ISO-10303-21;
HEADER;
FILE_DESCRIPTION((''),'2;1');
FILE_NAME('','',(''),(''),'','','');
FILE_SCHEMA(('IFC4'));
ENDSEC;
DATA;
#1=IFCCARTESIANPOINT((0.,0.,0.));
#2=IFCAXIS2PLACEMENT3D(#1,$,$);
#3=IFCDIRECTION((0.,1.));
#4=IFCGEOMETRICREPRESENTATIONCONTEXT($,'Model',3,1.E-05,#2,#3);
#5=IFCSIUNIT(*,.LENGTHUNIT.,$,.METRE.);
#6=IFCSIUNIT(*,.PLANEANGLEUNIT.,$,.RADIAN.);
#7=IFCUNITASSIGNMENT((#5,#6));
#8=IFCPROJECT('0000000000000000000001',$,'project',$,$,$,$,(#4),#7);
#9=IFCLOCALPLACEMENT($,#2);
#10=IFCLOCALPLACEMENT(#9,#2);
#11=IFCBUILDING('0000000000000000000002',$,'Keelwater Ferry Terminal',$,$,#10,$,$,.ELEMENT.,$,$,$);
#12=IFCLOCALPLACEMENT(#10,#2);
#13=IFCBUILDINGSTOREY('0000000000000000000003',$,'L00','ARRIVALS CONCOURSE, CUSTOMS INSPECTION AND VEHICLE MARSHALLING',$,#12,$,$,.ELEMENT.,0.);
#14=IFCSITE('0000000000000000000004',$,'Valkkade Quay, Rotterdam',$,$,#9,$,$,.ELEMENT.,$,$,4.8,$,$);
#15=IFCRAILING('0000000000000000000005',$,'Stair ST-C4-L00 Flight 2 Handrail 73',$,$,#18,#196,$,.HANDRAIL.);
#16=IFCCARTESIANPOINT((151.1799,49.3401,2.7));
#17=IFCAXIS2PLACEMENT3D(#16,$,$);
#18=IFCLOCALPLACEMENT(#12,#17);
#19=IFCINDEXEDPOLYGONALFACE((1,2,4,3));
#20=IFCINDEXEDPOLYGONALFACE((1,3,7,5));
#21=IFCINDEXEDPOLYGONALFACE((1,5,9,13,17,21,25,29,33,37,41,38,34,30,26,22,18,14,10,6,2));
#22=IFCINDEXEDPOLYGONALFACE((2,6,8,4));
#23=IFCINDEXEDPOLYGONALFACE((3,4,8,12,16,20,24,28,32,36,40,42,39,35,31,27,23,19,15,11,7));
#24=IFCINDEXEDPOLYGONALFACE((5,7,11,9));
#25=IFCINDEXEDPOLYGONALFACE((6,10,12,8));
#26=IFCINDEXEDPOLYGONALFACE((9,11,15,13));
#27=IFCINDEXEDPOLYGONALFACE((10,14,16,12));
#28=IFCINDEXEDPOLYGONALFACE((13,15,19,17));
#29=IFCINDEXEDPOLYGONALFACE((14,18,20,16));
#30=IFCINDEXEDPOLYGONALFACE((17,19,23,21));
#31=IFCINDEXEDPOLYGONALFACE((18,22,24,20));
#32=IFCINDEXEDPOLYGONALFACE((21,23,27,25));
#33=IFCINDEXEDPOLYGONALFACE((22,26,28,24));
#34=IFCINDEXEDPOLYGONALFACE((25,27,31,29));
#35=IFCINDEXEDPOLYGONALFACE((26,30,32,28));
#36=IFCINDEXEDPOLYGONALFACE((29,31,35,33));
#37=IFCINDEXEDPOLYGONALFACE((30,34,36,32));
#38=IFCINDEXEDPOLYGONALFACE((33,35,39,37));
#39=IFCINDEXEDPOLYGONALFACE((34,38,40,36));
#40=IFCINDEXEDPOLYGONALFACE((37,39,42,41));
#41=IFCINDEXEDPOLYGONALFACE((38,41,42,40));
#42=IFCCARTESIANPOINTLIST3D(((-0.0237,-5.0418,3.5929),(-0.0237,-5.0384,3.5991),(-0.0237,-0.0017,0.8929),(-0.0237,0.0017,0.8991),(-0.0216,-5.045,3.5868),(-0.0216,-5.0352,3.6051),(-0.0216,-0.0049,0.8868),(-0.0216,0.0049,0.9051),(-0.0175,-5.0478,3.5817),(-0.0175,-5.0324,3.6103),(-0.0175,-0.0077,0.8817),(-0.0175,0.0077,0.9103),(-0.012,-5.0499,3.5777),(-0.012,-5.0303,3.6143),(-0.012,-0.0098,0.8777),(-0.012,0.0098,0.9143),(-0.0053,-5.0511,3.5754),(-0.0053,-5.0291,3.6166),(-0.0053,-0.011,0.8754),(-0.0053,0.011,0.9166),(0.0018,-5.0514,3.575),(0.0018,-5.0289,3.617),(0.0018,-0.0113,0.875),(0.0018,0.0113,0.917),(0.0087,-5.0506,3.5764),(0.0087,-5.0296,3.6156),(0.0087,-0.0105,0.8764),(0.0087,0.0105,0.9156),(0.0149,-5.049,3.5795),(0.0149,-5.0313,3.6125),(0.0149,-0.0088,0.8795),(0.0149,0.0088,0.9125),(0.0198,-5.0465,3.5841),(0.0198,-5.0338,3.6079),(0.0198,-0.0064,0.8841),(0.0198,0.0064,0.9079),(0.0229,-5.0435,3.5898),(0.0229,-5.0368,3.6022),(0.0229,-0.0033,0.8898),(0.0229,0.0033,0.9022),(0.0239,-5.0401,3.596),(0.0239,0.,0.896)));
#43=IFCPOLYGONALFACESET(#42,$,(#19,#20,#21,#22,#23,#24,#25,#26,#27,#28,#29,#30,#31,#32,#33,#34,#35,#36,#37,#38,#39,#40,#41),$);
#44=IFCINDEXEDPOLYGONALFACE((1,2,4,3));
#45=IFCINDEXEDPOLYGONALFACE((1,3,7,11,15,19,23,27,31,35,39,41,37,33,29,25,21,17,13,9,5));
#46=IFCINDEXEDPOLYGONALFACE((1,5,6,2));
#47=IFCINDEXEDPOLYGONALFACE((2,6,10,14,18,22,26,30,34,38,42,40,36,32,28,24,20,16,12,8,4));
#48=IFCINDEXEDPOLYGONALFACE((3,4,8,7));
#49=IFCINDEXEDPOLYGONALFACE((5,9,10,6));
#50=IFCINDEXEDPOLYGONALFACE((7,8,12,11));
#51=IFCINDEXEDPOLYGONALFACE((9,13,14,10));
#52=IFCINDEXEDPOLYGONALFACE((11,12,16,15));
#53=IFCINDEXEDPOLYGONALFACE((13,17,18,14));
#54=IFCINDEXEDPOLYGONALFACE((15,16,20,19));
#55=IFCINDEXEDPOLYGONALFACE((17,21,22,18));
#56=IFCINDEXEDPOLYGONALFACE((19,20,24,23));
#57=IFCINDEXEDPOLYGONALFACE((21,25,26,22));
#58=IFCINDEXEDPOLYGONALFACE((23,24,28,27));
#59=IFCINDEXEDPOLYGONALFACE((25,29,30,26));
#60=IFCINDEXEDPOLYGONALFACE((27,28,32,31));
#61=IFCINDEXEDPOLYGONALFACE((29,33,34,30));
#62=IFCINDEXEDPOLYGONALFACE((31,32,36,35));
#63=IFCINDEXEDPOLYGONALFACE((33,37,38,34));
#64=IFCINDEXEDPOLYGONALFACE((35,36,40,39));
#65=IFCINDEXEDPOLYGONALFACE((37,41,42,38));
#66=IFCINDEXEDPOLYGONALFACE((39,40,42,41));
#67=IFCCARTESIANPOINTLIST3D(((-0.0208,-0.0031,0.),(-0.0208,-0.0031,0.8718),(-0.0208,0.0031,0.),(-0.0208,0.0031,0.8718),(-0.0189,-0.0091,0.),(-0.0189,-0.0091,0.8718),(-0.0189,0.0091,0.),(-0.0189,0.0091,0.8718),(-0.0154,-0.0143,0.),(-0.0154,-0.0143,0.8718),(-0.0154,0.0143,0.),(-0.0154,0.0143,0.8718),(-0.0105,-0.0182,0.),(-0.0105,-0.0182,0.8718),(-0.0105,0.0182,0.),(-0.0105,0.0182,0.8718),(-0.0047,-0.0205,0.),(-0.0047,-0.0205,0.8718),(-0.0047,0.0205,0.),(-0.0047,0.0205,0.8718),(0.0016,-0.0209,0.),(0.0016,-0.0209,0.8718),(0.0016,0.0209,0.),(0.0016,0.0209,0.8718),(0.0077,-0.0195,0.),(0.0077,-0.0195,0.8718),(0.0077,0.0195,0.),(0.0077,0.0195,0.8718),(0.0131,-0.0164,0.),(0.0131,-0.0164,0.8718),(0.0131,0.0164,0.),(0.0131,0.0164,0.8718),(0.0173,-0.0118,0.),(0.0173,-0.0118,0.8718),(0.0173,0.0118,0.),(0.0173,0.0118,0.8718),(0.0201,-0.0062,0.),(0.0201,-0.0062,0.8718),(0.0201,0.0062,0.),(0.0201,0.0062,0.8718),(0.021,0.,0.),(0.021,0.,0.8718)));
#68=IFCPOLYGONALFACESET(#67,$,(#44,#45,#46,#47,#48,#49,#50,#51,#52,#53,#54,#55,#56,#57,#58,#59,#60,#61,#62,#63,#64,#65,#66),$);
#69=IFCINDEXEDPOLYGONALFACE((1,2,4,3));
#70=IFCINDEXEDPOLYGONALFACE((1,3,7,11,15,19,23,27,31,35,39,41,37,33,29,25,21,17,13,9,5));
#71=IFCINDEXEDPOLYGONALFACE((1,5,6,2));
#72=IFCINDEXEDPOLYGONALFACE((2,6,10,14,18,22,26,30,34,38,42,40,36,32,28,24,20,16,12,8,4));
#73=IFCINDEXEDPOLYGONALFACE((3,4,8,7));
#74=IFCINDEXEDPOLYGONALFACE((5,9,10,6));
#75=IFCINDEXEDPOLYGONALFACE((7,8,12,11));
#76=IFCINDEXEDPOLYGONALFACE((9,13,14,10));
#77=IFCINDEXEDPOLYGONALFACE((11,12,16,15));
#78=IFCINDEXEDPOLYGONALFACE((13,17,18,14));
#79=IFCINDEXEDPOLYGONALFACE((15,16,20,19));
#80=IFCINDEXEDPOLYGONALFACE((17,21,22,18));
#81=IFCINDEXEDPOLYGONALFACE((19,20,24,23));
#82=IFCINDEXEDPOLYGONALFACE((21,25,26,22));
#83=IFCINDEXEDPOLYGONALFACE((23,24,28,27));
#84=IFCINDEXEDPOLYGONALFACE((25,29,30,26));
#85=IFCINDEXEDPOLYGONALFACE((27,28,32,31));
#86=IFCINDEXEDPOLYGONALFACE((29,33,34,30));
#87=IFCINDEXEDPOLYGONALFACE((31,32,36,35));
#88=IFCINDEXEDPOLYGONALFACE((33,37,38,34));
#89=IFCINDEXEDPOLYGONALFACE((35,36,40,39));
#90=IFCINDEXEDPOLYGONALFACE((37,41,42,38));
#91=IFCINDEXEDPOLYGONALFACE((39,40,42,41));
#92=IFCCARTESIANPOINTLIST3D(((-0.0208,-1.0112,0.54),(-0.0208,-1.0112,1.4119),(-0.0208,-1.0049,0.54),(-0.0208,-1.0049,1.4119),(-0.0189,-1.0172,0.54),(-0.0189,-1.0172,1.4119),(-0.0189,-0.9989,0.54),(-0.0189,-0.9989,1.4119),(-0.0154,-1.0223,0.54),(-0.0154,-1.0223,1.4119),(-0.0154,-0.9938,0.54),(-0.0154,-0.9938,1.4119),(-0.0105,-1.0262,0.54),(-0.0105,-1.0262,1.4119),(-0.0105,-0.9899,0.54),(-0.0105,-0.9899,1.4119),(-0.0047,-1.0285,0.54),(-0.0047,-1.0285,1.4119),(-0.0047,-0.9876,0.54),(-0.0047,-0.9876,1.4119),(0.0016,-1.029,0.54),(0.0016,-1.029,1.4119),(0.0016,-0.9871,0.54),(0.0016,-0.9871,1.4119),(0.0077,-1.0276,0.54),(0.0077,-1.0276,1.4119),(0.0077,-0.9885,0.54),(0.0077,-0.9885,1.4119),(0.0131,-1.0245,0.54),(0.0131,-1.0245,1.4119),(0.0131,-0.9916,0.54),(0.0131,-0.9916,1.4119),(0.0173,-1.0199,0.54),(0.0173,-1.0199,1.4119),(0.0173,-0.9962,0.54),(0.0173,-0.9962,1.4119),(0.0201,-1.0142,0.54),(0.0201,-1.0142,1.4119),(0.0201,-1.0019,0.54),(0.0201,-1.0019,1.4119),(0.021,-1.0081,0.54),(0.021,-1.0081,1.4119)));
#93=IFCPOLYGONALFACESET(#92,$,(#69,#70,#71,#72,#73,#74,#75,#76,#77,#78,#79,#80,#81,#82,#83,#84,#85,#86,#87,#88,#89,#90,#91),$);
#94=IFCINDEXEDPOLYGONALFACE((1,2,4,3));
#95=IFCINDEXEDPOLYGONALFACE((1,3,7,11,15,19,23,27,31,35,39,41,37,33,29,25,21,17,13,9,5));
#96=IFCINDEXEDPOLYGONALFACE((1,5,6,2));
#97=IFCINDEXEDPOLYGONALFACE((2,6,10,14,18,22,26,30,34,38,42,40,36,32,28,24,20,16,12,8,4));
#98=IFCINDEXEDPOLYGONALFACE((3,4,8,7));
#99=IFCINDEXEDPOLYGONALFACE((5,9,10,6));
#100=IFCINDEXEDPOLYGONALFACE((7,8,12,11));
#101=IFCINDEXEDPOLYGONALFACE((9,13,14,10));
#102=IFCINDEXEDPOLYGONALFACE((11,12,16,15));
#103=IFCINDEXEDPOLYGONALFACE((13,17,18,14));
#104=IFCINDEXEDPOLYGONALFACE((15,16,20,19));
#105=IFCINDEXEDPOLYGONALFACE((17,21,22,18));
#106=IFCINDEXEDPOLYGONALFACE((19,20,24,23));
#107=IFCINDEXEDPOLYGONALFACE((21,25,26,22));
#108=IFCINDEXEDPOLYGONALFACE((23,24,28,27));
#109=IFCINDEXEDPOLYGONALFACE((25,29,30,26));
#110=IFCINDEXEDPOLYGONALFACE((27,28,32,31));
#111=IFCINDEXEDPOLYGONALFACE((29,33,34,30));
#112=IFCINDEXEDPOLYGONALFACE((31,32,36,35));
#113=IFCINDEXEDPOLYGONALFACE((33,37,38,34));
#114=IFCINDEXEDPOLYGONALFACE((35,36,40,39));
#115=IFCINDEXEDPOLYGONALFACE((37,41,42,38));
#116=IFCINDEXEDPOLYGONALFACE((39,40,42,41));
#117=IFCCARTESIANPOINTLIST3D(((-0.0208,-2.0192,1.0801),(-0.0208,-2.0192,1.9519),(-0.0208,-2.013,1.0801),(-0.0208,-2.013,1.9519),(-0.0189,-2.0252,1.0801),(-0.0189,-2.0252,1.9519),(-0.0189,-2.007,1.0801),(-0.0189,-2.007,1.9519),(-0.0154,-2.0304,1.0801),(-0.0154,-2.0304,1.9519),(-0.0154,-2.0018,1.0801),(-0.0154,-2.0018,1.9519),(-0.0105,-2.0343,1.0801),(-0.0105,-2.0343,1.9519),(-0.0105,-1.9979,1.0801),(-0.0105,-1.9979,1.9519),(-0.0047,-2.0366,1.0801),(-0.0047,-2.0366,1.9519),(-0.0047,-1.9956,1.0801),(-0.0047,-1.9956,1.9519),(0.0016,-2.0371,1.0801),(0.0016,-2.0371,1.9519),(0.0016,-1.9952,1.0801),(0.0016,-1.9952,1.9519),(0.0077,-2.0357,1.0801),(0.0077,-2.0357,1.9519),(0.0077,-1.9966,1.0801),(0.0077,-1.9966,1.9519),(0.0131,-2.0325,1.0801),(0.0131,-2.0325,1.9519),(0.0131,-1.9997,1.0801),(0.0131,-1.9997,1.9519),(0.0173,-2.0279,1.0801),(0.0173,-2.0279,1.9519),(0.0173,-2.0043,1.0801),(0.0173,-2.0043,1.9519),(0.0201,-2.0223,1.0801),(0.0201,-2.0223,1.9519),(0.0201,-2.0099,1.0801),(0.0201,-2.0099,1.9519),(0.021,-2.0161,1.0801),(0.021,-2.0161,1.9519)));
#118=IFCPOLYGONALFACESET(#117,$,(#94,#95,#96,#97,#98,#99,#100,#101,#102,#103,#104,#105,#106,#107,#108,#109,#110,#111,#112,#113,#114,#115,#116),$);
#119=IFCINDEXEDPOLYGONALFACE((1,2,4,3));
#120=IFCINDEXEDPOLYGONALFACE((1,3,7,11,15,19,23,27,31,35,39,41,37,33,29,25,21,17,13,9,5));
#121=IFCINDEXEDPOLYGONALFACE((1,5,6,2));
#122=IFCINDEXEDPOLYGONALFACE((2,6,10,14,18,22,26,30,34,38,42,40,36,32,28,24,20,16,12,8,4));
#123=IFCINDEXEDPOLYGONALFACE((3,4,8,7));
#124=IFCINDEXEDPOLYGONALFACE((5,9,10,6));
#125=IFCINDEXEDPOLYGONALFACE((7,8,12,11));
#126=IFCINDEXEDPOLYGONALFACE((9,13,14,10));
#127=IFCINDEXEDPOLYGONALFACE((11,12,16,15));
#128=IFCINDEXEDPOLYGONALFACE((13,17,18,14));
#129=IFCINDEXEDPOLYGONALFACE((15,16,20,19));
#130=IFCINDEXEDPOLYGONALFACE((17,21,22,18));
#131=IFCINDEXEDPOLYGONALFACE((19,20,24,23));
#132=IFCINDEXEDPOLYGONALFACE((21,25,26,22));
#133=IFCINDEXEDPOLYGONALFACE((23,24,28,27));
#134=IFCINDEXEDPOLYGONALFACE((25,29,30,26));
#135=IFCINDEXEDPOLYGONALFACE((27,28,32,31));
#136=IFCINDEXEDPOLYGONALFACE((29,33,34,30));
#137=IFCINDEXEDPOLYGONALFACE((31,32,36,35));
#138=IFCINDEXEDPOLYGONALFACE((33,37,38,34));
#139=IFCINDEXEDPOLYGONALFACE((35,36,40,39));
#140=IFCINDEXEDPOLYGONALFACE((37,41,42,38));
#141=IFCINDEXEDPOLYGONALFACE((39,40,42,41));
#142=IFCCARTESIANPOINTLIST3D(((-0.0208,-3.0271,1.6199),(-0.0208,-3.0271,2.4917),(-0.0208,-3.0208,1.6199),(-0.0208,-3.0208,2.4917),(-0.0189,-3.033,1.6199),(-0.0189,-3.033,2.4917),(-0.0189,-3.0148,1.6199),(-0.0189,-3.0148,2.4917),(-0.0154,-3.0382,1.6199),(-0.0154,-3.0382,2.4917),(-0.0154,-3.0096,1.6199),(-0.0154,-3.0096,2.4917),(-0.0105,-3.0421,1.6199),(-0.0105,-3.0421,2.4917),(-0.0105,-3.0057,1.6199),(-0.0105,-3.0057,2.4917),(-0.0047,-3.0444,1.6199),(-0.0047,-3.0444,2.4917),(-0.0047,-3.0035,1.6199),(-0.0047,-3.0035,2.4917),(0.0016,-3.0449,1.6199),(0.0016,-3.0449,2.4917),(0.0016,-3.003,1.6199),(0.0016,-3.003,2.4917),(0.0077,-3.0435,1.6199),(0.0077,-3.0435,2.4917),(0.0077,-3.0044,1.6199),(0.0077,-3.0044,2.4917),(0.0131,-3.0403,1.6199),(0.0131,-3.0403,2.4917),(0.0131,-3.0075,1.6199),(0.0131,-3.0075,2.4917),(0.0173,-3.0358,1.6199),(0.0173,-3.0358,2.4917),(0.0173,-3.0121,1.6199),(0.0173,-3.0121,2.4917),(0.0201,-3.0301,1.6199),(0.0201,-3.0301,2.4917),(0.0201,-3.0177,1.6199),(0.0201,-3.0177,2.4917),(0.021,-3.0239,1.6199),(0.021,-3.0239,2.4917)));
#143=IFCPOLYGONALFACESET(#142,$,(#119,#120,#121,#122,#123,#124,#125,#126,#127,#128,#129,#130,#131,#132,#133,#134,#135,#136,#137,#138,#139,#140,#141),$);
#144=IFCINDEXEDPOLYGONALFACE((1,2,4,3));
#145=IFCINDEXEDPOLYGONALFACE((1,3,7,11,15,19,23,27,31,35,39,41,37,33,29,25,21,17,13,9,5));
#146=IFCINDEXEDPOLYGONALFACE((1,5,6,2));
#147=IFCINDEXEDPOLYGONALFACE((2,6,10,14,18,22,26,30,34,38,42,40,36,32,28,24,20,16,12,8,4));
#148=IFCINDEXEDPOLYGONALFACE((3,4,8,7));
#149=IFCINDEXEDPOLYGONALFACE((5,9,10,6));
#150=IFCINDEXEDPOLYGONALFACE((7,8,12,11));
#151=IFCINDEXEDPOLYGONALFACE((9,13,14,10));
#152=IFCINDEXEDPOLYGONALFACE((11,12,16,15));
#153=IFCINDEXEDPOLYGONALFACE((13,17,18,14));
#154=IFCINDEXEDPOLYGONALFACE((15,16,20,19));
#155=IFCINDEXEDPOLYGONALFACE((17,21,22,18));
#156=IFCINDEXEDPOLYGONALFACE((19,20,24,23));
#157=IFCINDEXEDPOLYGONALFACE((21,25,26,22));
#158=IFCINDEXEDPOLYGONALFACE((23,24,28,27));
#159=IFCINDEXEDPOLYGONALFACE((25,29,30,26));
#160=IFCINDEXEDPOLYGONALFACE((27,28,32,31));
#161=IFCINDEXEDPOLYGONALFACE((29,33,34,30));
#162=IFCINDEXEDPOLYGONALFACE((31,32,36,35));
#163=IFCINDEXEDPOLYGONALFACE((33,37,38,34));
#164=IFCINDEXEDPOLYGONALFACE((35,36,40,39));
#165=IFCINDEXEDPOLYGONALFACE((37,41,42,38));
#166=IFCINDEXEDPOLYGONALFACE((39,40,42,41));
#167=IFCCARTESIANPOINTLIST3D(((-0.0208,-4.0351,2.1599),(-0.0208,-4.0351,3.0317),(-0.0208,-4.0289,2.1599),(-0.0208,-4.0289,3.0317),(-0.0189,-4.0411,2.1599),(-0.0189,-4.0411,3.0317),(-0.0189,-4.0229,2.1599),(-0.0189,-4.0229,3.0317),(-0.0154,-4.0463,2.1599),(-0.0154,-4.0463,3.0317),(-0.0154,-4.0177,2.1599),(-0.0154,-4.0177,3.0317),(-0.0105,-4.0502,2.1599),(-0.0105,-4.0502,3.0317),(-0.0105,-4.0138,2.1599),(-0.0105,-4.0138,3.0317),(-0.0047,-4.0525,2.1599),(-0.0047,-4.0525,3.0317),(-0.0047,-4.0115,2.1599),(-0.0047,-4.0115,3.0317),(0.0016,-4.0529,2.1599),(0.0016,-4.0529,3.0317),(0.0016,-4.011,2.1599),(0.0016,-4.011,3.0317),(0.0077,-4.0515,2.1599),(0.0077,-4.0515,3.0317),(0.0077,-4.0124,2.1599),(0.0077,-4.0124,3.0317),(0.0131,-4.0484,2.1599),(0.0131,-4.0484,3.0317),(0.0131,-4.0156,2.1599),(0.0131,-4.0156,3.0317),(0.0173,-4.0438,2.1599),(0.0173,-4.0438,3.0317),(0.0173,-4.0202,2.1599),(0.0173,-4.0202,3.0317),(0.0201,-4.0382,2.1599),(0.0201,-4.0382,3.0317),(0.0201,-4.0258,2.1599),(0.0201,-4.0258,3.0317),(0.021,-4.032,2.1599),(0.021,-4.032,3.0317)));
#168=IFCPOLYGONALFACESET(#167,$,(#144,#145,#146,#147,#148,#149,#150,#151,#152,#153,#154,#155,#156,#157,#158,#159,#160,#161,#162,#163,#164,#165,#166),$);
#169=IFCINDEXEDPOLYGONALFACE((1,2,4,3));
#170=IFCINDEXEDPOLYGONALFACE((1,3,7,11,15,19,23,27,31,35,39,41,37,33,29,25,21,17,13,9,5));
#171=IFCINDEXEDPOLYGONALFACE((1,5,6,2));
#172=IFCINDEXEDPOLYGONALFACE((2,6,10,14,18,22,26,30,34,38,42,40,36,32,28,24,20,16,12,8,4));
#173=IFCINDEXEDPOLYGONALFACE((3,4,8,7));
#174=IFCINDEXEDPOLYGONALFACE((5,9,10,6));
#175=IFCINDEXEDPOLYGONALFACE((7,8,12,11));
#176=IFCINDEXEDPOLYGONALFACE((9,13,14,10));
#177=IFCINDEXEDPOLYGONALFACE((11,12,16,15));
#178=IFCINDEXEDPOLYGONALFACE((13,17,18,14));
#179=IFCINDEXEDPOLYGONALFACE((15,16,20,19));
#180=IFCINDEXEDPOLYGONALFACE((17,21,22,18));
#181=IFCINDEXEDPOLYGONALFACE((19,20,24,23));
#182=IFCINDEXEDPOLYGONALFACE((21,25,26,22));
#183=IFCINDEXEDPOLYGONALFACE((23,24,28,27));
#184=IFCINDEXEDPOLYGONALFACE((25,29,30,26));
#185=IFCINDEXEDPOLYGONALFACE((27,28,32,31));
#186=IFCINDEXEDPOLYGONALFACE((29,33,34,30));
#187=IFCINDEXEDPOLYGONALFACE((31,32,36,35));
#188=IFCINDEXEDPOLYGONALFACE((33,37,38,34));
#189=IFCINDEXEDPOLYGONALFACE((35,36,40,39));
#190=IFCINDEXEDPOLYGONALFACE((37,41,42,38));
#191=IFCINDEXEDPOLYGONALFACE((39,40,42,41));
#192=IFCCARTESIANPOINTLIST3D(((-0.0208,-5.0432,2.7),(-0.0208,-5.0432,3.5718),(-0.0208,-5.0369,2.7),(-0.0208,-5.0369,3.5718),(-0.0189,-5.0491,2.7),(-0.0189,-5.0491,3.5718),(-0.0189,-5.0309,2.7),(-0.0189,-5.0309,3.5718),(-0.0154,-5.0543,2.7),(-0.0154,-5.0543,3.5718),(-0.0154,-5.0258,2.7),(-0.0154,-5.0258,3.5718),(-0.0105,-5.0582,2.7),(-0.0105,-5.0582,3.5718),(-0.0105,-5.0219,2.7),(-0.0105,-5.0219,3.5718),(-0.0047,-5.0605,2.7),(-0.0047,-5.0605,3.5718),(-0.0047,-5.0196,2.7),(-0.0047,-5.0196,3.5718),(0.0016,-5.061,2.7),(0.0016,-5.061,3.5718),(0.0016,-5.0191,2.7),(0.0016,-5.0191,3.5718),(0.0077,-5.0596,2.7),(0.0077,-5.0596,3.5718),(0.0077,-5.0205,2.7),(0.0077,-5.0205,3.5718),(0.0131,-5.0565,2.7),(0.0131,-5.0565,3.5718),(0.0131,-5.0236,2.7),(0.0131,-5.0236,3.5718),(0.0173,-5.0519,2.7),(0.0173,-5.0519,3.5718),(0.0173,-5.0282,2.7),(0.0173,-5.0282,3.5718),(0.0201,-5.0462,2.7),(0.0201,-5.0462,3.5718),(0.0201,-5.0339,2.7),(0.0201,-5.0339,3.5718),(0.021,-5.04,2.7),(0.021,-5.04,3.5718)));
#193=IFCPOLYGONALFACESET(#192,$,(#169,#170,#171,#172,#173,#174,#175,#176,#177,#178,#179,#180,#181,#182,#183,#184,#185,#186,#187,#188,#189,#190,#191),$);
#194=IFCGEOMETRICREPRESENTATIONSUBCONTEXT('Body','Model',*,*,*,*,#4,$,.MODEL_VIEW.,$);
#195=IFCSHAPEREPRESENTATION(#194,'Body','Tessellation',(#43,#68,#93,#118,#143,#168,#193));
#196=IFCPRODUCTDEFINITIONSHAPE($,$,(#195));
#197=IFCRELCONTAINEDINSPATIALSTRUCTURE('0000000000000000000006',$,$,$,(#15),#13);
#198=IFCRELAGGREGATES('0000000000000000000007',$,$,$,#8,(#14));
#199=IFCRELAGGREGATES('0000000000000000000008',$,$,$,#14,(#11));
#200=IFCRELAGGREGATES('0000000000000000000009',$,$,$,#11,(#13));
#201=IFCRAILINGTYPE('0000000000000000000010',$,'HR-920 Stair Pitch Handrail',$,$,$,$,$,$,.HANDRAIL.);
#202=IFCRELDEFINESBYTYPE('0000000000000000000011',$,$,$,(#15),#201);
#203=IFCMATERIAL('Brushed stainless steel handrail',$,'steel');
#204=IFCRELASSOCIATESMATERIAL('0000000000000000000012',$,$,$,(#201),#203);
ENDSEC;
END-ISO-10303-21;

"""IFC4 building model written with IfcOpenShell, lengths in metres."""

from ifc_helpers import new_model, si_unit, direction, frame, origin, origin_2d, place, context, subcontext, project, spatial, circle, extrude, material, type_object, element, save


model = new_model("IFC4")

# Units and contexts
model_context = context("Model", 3, precision=1e-05, world=origin(), true_north=direction((0.0, 1.0)))
body_context = subcontext(model_context, "Body", "Model", "MODEL_VIEW")
ifc_project = project(units=[si_unit("LENGTHUNIT", "METRE"), si_unit("PLANEANGLEUNIT", "RADIAN")], contexts=[model_context])

# Site, building, storey
site_placement = place(None, origin())
site = spatial("IfcSite", under=ifc_project, at=site_placement, Name="Valkkade Quay, Rotterdam", CompositionType="ELEMENT", RefElevation=4.8)
building_placement = place(site_placement, origin())
building = spatial("IfcBuilding", under=site, at=building_placement, Name="Keelwater Ferry Terminal", CompositionType="ELEMENT")
storey_placement = place(building_placement, origin())
storey = spatial("IfcBuildingStorey", under=building, at=storey_placement, Name="L00", Description="ARRIVALS CONCOURSE, CUSTOMS INSPECTION AND VEHICLE MARSHALLING", CompositionType="ELEMENT", Elevation=0.0)

# Railing
ifc_material_1 = material(Name="Brushed stainless steel handrail", Category="steel")
railing_type_1 = type_object("IfcRailingType", Name="HR-920 Stair Pitch Handrail", PredefinedType="HANDRAIL", material=ifc_material_1)
railing_1_placement = place(storey_placement, frame((151.1799, 49.3401, 2.7)))
element("IfcRailing", 1, at=railing_1_placement, inside=storey, type_object=railing_type_1, Name="Stair ST-C4-L00 Flight 2 Handrail 73", PredefinedType="HANDRAIL", context=body_context, shape_type="SweptSolid", body=[
    extrude(circle(Radius=0.0239, at=origin_2d()), frame((0.0, 0.0, 0.896), z_axis=(0.0, -0.881485, 0.472212), x_axis=(1.0, 0.0, 0.0)), (0.0, 0.0, 1.0), 5.7178),
    extrude(circle(Radius=0.021, at=origin_2d()), origin(), (0.0, 0.0, 1.0), 0.8718),
    extrude(circle(Radius=0.021, at=origin_2d()), frame((0.0, -1.0081, 0.54)), (0.0, 0.0, 1.0), 0.8718),
    extrude(circle(Radius=0.021, at=origin_2d()), frame((0.0, -2.0161, 1.0801)), (0.0, 0.0, 1.0), 0.8718),
    extrude(circle(Radius=0.021, at=origin_2d()), frame((0.0, -3.0239, 1.6199)), (0.0, 0.0, 1.0), 0.8718),
    extrude(circle(Radius=0.021, at=origin_2d()), frame((0.0, -4.032, 2.1599)), (0.0, 0.0, 1.0), 0.8718),
    extrude(circle(Radius=0.021, at=origin_2d()), frame((0.0, -5.04, 2.7)), (0.0, 0.0, 1.0), 0.8718),
])

save(model, "model.ifc")
